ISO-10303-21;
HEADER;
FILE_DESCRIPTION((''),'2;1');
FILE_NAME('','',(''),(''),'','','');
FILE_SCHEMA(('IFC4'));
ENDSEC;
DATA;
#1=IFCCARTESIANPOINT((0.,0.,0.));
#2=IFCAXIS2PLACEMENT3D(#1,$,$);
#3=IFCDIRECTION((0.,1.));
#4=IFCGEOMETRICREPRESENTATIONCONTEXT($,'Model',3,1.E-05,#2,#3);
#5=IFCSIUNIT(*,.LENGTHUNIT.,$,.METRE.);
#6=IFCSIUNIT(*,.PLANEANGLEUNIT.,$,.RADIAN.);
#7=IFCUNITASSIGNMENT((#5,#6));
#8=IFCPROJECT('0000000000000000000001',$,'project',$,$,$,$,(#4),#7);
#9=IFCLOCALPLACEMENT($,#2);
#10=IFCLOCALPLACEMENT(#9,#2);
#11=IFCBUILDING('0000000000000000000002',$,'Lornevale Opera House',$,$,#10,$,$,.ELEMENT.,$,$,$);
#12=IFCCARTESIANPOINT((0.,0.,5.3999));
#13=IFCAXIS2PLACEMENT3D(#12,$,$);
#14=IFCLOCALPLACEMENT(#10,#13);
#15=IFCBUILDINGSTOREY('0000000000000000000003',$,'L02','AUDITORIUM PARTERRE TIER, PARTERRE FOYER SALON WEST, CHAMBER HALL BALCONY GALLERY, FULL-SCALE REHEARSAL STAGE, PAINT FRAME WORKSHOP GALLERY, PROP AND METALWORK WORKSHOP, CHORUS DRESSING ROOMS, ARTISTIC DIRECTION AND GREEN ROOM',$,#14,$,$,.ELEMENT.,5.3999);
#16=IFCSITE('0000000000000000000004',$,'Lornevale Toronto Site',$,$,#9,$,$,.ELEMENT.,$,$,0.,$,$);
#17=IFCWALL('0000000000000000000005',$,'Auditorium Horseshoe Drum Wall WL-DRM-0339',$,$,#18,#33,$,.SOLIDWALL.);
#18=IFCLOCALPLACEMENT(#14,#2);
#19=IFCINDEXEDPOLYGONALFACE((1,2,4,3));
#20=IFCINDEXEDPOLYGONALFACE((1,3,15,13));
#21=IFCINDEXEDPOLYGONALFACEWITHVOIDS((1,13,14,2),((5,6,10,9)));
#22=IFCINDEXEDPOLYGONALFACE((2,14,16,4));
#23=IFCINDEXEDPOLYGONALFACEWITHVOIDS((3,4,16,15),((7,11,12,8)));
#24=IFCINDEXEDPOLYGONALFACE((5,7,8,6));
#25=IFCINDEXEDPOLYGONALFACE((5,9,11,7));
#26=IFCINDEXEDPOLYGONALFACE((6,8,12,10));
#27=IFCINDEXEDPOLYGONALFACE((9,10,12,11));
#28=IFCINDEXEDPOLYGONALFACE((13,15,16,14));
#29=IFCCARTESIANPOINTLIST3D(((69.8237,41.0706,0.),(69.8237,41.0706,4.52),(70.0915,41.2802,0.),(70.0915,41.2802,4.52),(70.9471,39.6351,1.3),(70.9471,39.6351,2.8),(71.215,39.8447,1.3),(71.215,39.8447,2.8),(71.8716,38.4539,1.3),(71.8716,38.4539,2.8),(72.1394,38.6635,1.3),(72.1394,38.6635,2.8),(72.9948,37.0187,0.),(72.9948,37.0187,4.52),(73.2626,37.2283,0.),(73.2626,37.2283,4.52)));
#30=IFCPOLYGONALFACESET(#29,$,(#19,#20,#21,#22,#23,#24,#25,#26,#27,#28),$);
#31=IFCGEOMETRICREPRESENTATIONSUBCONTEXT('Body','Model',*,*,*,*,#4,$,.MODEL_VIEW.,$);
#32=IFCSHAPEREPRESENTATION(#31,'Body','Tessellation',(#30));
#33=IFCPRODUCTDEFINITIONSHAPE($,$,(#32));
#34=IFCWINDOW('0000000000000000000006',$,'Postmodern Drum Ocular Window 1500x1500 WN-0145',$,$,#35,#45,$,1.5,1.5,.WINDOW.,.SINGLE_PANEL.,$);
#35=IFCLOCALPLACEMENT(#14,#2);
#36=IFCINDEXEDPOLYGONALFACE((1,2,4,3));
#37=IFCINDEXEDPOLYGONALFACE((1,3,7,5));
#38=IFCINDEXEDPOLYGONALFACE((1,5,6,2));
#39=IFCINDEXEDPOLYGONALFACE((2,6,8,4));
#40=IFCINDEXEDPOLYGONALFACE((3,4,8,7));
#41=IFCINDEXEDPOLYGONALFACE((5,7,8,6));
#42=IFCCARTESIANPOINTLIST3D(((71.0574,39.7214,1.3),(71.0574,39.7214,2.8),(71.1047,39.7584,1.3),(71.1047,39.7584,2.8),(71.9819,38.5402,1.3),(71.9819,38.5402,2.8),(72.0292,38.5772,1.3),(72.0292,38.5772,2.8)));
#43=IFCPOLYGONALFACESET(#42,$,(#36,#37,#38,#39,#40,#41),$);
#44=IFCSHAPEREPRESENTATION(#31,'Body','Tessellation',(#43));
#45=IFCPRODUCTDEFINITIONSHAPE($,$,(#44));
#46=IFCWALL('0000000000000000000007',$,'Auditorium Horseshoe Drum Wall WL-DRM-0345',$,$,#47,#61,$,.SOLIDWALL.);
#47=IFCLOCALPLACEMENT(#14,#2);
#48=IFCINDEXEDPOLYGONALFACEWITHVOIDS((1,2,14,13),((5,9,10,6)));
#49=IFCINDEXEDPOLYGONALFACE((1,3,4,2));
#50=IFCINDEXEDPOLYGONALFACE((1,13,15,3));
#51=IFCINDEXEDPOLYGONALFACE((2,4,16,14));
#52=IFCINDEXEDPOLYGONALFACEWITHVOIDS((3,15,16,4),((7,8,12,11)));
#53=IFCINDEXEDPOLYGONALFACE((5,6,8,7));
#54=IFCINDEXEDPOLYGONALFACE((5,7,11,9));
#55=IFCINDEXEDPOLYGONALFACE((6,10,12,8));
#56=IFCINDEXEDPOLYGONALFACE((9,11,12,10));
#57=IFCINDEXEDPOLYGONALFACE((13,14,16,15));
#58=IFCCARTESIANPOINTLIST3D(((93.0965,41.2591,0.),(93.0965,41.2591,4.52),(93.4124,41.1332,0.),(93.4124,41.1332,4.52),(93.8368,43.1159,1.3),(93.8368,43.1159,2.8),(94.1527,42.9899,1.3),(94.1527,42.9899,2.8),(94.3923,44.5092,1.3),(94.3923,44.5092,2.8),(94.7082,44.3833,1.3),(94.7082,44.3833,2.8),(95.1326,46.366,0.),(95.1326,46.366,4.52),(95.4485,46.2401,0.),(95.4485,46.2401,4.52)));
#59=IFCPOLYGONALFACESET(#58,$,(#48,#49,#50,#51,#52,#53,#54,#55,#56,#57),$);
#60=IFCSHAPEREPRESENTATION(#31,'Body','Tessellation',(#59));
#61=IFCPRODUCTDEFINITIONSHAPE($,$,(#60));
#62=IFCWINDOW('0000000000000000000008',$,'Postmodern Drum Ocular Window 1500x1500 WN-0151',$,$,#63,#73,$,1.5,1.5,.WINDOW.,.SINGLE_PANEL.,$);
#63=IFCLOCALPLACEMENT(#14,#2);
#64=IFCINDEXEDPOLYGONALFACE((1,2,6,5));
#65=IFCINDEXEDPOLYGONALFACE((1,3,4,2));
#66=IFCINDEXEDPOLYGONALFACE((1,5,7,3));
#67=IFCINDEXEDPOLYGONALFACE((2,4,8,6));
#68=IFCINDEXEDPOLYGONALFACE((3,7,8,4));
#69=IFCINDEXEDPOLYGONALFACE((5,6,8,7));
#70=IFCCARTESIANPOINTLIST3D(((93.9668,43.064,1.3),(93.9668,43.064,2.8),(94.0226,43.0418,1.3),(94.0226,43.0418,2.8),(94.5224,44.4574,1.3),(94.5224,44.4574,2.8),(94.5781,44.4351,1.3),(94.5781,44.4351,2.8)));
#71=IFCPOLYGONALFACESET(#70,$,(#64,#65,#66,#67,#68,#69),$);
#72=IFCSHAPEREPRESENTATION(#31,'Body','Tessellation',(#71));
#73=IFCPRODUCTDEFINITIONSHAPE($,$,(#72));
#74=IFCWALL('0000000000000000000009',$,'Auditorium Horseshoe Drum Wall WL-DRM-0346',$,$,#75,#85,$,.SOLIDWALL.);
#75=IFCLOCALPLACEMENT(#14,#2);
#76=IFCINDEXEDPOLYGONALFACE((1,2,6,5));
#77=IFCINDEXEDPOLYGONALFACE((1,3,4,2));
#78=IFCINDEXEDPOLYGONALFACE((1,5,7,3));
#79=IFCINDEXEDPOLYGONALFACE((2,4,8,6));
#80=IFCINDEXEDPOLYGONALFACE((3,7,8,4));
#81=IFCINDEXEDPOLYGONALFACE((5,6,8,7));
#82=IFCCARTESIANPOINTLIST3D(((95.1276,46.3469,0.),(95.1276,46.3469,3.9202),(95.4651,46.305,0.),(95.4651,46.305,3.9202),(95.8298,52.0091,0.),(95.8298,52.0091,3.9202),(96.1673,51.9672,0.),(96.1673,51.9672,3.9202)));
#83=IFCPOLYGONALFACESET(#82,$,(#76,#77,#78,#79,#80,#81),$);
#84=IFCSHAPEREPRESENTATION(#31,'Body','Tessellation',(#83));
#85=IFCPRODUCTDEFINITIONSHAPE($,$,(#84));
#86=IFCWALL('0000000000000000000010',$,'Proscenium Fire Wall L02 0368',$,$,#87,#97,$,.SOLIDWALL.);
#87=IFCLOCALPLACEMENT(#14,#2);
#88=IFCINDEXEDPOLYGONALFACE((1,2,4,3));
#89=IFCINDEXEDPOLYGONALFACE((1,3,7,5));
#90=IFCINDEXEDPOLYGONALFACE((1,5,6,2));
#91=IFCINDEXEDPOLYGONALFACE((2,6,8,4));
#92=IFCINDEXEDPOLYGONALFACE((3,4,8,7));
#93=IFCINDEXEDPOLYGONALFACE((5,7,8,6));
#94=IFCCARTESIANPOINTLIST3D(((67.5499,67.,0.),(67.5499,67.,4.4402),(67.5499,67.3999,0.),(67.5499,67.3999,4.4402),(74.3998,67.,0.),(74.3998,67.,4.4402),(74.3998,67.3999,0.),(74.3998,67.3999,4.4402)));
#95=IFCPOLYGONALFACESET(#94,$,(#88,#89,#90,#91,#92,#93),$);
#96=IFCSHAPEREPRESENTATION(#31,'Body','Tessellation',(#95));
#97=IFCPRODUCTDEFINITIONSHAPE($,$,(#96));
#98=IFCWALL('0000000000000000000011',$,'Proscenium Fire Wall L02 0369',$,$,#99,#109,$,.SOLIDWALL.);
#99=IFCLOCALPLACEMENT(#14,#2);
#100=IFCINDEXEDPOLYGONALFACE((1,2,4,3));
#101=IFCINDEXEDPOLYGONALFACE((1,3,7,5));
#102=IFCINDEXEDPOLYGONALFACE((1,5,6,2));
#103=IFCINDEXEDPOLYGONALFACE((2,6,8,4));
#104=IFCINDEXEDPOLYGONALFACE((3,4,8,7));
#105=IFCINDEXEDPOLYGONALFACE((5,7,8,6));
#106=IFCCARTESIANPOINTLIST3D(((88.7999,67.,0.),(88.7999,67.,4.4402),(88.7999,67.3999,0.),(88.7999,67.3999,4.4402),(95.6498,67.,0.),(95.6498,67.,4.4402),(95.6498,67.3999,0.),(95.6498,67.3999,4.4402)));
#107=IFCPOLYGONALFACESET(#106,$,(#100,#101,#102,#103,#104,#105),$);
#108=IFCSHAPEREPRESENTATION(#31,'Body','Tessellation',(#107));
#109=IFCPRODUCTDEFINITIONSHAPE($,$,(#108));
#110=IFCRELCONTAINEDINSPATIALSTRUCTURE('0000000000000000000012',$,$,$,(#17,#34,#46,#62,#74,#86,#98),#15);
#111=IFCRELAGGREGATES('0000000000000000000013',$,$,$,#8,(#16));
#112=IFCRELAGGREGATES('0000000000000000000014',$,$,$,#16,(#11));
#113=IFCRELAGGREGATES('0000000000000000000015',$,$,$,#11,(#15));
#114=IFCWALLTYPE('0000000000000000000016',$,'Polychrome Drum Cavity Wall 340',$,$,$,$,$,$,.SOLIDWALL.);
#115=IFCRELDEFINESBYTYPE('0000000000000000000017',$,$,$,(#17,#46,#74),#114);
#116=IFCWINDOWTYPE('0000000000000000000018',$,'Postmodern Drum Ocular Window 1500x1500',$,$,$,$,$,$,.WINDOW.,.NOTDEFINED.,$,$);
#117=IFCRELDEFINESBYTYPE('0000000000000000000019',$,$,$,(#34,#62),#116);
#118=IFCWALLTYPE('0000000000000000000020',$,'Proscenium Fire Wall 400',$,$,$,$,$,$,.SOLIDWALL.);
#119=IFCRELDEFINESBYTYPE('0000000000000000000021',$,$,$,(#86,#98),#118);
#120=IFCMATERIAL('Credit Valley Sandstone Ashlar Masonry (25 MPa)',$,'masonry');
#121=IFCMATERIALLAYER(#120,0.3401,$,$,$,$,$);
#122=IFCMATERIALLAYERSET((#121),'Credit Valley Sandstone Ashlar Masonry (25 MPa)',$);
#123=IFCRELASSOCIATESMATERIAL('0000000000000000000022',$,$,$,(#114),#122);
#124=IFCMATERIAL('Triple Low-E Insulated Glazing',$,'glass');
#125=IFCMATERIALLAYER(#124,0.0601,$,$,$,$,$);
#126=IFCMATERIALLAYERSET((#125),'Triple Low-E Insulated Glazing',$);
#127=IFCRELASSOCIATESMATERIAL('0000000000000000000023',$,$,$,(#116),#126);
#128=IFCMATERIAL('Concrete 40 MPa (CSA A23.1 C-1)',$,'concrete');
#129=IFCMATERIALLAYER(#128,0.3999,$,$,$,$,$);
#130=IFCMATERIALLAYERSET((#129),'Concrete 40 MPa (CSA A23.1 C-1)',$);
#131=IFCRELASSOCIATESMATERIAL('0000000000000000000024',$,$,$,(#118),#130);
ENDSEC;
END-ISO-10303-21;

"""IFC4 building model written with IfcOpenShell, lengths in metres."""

from ifc_helpers import new_model, si_unit, direction, frame, frame_2d, origin, place, context, subcontext, project, spatial, rectangle, extrude, material, layer, layer_set, type_object, element, fill, save


model = new_model("IFC4")

# Units and contexts
model_context = context("Model", 3, precision=1e-05, world=origin(), true_north=direction((0.0, 1.0)))
body_context = subcontext(model_context, "Body", "Model", "MODEL_VIEW")
ifc_project = project(units=[si_unit("LENGTHUNIT", "METRE"), si_unit("PLANEANGLEUNIT", "RADIAN")], contexts=[model_context])

# Site, building, storey
site_placement = place(None, origin())
site = spatial("IfcSite", under=ifc_project, at=site_placement, Name="Lornevale Toronto Site", CompositionType="ELEMENT", RefElevation=0.0)
building_placement = place(site_placement, origin())
building = spatial("IfcBuilding", under=site, at=building_placement, Name="Lornevale Opera House", CompositionType="ELEMENT")
storey_placement = place(building_placement, frame((0.0, 0.0, 5.3999)))
storey = spatial("IfcBuildingStorey", under=building, at=storey_placement, Name="L02", Description="AUDITORIUM PARTERRE TIER, PARTERRE FOYER SALON WEST, CHAMBER HALL BALCONY GALLERY, FULL-SCALE REHEARSAL STAGE, PAINT FRAME WORKSHOP GALLERY, PROP AND METALWORK WORKSHOP, CHORUS DRESSING ROOMS, ARTISTIC DIRECTION AND GREEN ROOM", CompositionType="ELEMENT", Elevation=5.3999)

# Shared definitions
ifc_material_1 = material(Name="Concrete 40 MPa (CSA A23.1 C-1)", Category="concrete")

# Walls, openings, windows
ifc_material_2 = material(Name="Credit Valley Sandstone Ashlar Masonry (25 MPa)", Category="masonry")
ifc_layer_1 = layer(ifc_material_2, 0.3401)
ifc_layer_set_1 = layer_set([ifc_layer_1], Name="Credit Valley Sandstone Ashlar Masonry (25 MPa)")
wall_type_1 = type_object("IfcWallType", Name="Polychrome Drum Cavity Wall 340", PredefinedType="SOLIDWALL", material=ifc_layer_set_1)
ifc_material_3 = material(Name="Triple Low-E Insulated Glazing", Category="glass")
wall_1_placement = place(storey_placement, frame((69.9575, 41.1755, 0.0), z_axis=(0.0, 0.0, 1.0), x_axis=(0.61631, -0.787504, 0.0)))
wall_1 = element("IfcWall", 1, at=wall_1_placement, inside=storey, type_object=wall_type_1, Name="Auditorium Horseshoe Drum Wall WL-DRM-0339", PredefinedType="SOLIDWALL", context=body_context, shape_type="SweptSolid", body=[
    extrude(rectangle(XDim=5.1453, YDim=0.3401, at=frame_2d((2.5728, 0.0))), origin(), (0.0, 0.0, 1.0), 4.52),
])
opening_1_placement = place(wall_1_placement, frame((1.823, 0.0, 1.3)))
opening_1 = element("IfcOpeningElement", 2, at=opening_1_placement, cuts=wall_1, PredefinedType="OPENING", context=body_context, shape_type="SweptSolid", body=[
    extrude(rectangle(XDim=1.5, YDim=1.5, at=frame_2d((0.75, 0.75))), frame((0.0, 0.1799, 0.0), z_axis=(0.0, -1.0, 0.0), x_axis=(1.0, 0.0, 0.0)), (0.0, 0.0, 1.0), 0.3601),
])
ifc_layer_2 = layer(ifc_material_3, 0.0601)
ifc_layer_set_2 = layer_set([ifc_layer_2], Name="Triple Low-E Insulated Glazing")
window_type_1 = type_object("IfcWindowType", Name="Postmodern Drum Ocular Window 1500x1500", PartitioningType="NOTDEFINED", PredefinedType="WINDOW", material=ifc_layer_set_2)
window_1_placement = place(opening_1_placement, origin())
window_1 = element("IfcWindow", 3, at=window_1_placement, inside=storey, type_object=window_type_1, Name="Postmodern Drum Ocular Window 1500x1500 WN-0145", OverallHeight=1.5, OverallWidth=1.5, PartitioningType="SINGLE_PANEL", PredefinedType="WINDOW", context=body_context, shape_type="SweptSolid", body=[
    extrude(rectangle(XDim=1.5, YDim=1.5, at=frame_2d((0.75, 0.75))), frame((0.0, 0.03, 0.0), z_axis=(0.0, -1.0, 0.0), x_axis=(1.0, 0.0, 0.0)), (0.0, 0.0, 1.0), 0.0601),
])
fill(opening_1, window_1)
wall_2_placement = place(storey_placement, frame((93.2544, 41.196, 0.0), z_axis=(0.0, 0.0, 1.0), x_axis=(0.370349, 0.928893, 0.0)))
wall_2 = element("IfcWall", 4, at=wall_2_placement, inside=storey, type_object=wall_type_1, Name="Auditorium Horseshoe Drum Wall WL-DRM-0345", PredefinedType="SOLIDWALL", context=body_context, shape_type="SweptSolid", body=[
    extrude(rectangle(XDim=5.4978, YDim=0.3401, at=frame_2d((2.749, 0.0))), origin(), (0.0, 0.0, 1.0), 4.52),
])
opening_2_placement = place(wall_2_placement, frame((1.999, 0.0, 1.3)))
opening_2 = element("IfcOpeningElement", 5, at=opening_2_placement, cuts=wall_2, PredefinedType="OPENING", context=body_context, shape_type="SweptSolid", body=[
    extrude(rectangle(XDim=1.5, YDim=1.5, at=frame_2d((0.75, 0.75))), frame((0.0, 0.1799, 0.0), z_axis=(0.0, -1.0, 0.0), x_axis=(1.0, 0.0, 0.0)), (0.0, 0.0, 1.0), 0.3601),
])
window_2_placement = place(opening_2_placement, origin())
window_2 = element("IfcWindow", 6, at=window_2_placement, inside=storey, type_object=window_type_1, Name="Postmodern Drum Ocular Window 1500x1500 WN-0151", OverallHeight=1.5, OverallWidth=1.5, PartitioningType="SINGLE_PANEL", PredefinedType="WINDOW", context=body_context, shape_type="SweptSolid", body=[
    extrude(rectangle(XDim=1.5, YDim=1.5, at=frame_2d((0.75, 0.75))), frame((0.0, 0.03, 0.0), z_axis=(0.0, -1.0, 0.0), x_axis=(1.0, 0.0, 0.0)), (0.0, 0.0, 1.0), 0.0601),
])
fill(opening_2, window_2)

# Walls
wall_3_placement = place(storey_placement, frame((95.2964, 46.3259, 0.0), z_axis=(0.0, 0.0, 1.0), x_axis=(0.123066, 0.992399, 0.0)))
element("IfcWall", 7, at=wall_3_placement, inside=storey, type_object=wall_type_1, Name="Auditorium Horseshoe Drum Wall WL-DRM-0346", PredefinedType="SOLIDWALL", context=body_context, shape_type="SweptSolid", body=[
    extrude(rectangle(XDim=5.7056, YDim=0.3401, at=frame_2d((2.8528, 0.0))), origin(), (0.0, 0.0, 1.0), 3.9202),
])
ifc_layer_3 = layer(ifc_material_1, 0.3999)
ifc_layer_set_3 = layer_set([ifc_layer_3], Name="Concrete 40 MPa (CSA A23.1 C-1)")
wall_type_2 = type_object("IfcWallType", Name="Proscenium Fire Wall 400", PredefinedType="SOLIDWALL", material=ifc_layer_set_3)
for number, where, z_axis, x_axis, name in (
    (8, (67.55, 67.2, 0.0), (0.0, 0.0, 1.0), (1.0, 0.0, 0.0), "Proscenium Fire Wall L02 0368"),
    (9, (88.8, 67.2, 0.0), (0.0, 0.0, 1.0), (1.0, 0.0, 0.0), "Proscenium Fire Wall L02 0369"),
):
    element("IfcWall", number, at=place(storey_placement, frame(where, z_axis=z_axis, x_axis=x_axis)), inside=storey, type_object=wall_type_2, Name=name, PredefinedType="SOLIDWALL", context=body_context, shape_type="SweptSolid", body=[
        extrude(rectangle(XDim=6.8499, YDim=0.3999, at=frame_2d((3.4248, 0.0))), origin(), (0.0, 0.0, 1.0), 4.4402),
    ])

save(model, "model.ifc")
